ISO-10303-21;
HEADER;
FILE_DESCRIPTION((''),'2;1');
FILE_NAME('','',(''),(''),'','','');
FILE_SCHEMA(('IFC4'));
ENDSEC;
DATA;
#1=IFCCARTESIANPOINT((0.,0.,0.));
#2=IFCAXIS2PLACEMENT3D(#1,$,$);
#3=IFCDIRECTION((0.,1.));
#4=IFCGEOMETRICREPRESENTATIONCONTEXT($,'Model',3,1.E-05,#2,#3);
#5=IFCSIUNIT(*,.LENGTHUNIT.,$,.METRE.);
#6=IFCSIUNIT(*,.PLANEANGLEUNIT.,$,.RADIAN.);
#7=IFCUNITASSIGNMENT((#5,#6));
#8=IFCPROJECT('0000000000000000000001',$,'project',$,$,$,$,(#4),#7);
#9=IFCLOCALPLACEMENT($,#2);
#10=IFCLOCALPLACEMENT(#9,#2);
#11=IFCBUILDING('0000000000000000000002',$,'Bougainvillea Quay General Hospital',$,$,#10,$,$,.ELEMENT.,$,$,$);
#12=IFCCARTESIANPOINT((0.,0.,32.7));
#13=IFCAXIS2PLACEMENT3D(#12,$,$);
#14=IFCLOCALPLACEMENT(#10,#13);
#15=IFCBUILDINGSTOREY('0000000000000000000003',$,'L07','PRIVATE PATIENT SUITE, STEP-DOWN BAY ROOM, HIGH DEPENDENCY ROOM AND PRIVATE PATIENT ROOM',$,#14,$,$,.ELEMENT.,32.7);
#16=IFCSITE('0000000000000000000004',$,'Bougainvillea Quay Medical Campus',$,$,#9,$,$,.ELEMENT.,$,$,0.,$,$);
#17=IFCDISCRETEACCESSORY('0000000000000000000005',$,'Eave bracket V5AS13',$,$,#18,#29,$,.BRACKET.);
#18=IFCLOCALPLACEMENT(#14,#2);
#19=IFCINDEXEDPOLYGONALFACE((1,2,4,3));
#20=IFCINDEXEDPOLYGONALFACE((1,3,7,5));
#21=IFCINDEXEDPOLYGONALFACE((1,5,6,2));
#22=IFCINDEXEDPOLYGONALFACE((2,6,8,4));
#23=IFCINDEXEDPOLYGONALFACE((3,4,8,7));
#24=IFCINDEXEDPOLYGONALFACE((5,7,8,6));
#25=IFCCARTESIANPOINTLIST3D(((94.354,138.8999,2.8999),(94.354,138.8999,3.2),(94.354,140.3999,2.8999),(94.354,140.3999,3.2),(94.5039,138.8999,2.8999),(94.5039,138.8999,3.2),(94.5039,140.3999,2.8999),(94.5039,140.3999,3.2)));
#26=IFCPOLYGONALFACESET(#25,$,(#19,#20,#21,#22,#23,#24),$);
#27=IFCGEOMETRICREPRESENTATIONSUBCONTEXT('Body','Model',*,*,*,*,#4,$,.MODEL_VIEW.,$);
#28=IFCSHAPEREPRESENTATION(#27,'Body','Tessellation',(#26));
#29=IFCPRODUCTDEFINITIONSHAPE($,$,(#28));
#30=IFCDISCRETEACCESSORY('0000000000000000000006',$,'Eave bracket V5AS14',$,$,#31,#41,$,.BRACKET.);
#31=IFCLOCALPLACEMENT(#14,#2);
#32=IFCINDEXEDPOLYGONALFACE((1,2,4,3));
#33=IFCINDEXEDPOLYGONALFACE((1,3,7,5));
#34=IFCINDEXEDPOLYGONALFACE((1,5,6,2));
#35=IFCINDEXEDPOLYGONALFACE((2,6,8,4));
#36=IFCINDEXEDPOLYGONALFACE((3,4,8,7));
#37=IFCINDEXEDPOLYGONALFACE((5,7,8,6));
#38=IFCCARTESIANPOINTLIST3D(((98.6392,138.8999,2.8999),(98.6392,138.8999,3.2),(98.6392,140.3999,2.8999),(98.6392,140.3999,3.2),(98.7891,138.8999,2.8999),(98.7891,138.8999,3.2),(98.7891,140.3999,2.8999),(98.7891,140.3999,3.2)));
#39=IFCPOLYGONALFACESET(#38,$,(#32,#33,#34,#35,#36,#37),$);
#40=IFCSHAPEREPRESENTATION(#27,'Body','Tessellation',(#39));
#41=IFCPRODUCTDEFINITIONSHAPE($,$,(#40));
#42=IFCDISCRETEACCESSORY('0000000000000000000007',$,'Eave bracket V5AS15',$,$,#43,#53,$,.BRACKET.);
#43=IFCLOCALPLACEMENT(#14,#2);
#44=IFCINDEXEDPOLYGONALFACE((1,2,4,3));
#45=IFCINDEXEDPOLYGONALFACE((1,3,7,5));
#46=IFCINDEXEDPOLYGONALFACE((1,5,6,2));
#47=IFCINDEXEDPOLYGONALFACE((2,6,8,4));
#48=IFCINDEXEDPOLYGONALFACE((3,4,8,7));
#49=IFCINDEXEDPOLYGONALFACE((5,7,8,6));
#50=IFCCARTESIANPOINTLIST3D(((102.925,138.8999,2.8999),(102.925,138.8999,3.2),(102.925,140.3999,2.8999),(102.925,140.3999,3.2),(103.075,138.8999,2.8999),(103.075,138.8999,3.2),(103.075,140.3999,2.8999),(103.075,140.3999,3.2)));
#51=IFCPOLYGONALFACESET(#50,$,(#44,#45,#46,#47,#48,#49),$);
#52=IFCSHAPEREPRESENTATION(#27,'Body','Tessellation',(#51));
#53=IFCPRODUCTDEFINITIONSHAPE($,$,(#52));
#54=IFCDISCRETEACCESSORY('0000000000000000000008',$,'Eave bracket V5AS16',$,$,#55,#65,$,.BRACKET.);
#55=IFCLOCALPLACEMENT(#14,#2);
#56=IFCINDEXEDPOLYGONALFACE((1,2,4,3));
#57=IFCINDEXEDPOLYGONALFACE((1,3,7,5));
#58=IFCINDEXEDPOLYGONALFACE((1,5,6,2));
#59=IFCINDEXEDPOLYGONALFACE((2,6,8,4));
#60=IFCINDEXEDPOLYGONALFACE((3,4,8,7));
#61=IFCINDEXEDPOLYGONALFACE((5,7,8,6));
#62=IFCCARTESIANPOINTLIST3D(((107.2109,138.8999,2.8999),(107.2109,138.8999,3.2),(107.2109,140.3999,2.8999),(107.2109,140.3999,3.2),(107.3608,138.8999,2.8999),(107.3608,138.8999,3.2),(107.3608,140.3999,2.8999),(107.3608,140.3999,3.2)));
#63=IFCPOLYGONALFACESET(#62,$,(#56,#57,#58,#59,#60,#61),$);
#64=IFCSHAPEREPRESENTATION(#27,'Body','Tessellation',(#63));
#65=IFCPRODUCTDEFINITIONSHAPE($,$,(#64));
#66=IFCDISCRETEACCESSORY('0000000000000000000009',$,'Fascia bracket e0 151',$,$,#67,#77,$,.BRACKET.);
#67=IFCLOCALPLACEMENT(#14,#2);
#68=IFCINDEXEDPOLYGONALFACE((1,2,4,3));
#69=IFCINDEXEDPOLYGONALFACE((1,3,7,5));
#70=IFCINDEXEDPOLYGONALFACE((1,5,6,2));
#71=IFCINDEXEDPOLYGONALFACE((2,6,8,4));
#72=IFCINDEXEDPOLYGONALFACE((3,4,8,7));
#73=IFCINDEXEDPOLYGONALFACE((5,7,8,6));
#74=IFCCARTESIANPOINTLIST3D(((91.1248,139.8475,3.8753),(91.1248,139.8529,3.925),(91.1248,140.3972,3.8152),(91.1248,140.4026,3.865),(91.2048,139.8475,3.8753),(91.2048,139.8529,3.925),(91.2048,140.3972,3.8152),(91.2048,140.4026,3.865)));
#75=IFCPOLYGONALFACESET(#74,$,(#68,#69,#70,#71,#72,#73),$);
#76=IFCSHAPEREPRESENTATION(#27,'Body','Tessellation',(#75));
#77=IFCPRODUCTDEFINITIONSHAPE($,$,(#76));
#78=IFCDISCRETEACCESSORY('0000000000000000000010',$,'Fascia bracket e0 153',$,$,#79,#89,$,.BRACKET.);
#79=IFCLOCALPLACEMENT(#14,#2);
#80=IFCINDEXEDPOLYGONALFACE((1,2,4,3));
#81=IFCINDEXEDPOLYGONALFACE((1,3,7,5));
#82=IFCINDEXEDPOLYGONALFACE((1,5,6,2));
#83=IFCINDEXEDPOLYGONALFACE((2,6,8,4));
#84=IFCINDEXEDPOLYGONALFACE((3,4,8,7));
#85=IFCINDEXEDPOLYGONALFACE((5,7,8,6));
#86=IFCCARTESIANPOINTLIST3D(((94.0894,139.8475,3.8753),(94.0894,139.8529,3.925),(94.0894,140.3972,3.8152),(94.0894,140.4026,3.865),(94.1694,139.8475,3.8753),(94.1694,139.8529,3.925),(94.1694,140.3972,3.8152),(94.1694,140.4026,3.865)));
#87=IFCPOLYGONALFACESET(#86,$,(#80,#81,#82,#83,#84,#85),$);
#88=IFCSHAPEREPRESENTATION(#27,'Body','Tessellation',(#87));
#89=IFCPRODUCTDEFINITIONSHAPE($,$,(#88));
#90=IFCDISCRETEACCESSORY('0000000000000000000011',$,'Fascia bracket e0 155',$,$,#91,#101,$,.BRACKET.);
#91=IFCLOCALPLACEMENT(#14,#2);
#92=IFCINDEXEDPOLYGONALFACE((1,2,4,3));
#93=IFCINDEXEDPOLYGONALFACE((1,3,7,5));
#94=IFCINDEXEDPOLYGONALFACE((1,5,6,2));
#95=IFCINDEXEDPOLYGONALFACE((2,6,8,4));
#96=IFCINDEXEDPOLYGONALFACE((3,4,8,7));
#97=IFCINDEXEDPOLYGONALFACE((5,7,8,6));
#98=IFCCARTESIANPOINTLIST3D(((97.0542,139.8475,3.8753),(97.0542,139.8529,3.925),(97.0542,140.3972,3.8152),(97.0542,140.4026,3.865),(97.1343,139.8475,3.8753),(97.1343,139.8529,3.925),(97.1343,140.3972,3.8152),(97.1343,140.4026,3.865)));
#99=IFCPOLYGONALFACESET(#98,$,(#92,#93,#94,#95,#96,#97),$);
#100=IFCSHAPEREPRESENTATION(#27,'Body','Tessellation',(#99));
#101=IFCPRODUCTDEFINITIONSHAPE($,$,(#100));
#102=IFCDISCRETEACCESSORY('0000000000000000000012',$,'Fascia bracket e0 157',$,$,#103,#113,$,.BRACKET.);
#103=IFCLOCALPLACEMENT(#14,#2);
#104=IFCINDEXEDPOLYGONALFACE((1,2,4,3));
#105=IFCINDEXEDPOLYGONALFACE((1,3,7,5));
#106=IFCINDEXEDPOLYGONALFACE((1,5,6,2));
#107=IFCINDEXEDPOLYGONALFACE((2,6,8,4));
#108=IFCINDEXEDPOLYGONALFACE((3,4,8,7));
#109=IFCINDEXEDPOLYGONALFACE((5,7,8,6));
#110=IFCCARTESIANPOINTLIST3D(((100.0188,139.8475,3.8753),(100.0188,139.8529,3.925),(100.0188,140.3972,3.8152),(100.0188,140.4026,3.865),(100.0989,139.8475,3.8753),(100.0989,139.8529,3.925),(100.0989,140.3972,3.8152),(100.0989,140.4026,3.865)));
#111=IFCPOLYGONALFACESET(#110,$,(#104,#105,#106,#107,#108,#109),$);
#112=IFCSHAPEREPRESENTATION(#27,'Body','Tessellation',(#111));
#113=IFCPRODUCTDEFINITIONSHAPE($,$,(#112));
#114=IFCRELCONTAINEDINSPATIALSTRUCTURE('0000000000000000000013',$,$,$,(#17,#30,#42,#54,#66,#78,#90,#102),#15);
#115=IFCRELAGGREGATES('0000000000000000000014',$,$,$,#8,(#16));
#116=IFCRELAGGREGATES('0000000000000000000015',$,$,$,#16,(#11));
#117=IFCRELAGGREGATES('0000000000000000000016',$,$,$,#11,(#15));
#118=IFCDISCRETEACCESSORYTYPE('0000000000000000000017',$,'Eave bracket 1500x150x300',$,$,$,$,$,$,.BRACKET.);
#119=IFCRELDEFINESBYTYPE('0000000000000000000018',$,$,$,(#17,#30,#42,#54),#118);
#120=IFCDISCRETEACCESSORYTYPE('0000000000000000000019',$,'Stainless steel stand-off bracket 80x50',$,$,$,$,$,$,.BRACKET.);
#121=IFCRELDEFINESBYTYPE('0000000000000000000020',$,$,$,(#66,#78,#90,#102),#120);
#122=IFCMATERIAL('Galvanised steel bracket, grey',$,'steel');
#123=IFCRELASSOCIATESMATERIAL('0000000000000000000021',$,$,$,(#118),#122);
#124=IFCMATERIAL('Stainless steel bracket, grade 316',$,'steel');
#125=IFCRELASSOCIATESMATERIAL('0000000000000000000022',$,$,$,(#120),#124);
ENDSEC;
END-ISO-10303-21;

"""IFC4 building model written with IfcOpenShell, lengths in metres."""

from ifc_helpers import new_model, si_unit, direction, frame, origin, origin_2d, place, context, subcontext, project, spatial, rectangle, extrude, material, material_profile, profile_set, type_object, element, save


model = new_model("IFC4")

# Units and contexts
model_context = context("Model", 3, precision=1e-05, world=origin(), true_north=direction((0.0, 1.0)))
body_context = subcontext(model_context, "Body", "Model", "MODEL_VIEW")
ifc_project = project(units=[si_unit("LENGTHUNIT", "METRE"), si_unit("PLANEANGLEUNIT", "RADIAN")], contexts=[model_context])

# Site, building, storey
site_placement = place(None, origin())
site = spatial("IfcSite", under=ifc_project, at=site_placement, Name="Bougainvillea Quay Medical Campus", CompositionType="ELEMENT", RefElevation=0.0)
building_placement = place(site_placement, origin())
building = spatial("IfcBuilding", under=site, at=building_placement, Name="Bougainvillea Quay General Hospital", CompositionType="ELEMENT")
storey_placement = place(building_placement, frame((0.0, 0.0, 32.7)))
storey = spatial("IfcBuildingStorey", under=building, at=storey_placement, Name="L07", Description="PRIVATE PATIENT SUITE, STEP-DOWN BAY ROOM, HIGH DEPENDENCY ROOM AND PRIVATE PATIENT ROOM", CompositionType="ELEMENT", Elevation=32.7)

# Discrete accessories
ifc_material_1 = material(Name="Galvanised steel bracket, grey", Category="steel")
discrete_accessory_type_1 = type_object("IfcDiscreteAccessoryType", Name="Eave bracket 1500x150x300", PredefinedType="BRACKET", material=ifc_material_1)
for number, where, z_axis, x_axis, name in (
    (1, (94.429, 139.6499, 2.8999), (0.0, 0.0, 1.0), (1.0, 0.0, 0.0), "Eave bracket V5AS13"),
    (2, (98.7141, 139.6499, 2.8999), (0.0, 0.0, 1.0), (1.0, 0.0, 0.0), "Eave bracket V5AS14"),
    (3, (103.0, 139.6499, 2.8999), (0.0, 0.0, 1.0), (1.0, 0.0, 0.0), "Eave bracket V5AS15"),
    (4, (107.2859, 139.6499, 2.8999), (0.0, 0.0, 1.0), (1.0, 0.0, 0.0), "Eave bracket V5AS16"),
):
    element("IfcDiscreteAccessory", number, at=place(storey_placement, frame(where, z_axis=z_axis, x_axis=x_axis)), inside=storey, type_object=discrete_accessory_type_1, Name=name, PredefinedType="BRACKET", context=body_context, shape_type="SweptSolid", body=[
        extrude(rectangle(XDim=0.1499, YDim=1.5, at=origin_2d()), origin(), (0.0, 0.0, 1.0), 0.3),
    ])
ifc_material_2 = material(Name="Stainless steel bracket, grade 316", Category="steel")
ifc_material_profile_1 = material_profile(ifc_material_2, rectangle(XDim=0.0801, YDim=0.05, at=origin_2d()))
ifc_profile_set_1 = profile_set([ifc_material_profile_1], Name="Stainless steel bracket, grade 316")
discrete_accessory_type_2 = type_object("IfcDiscreteAccessoryType", Name="Stainless steel stand-off bracket 80x50", PredefinedType="BRACKET", material=ifc_profile_set_1)
for number, where, z_axis, x_axis, name in (
    (5, (91.1648, 140.3999, 3.8401), (0.0, -0.994087, 0.10859), (1.0, 0.0, 0.0), "Fascia bracket e0 151"),
    (6, (94.1294, 140.3999, 3.8401), (0.0, -0.994087, 0.10859), (1.0, 0.0, 0.0), "Fascia bracket e0 153"),
    (7, (97.0942, 140.3999, 3.8401), (0.0, -0.994087, 0.10859), (1.0, 0.0, 0.0), "Fascia bracket e0 155"),
    (8, (100.0588, 140.3999, 3.8401), (0.0, -0.994087, 0.10859), (1.0, 0.0, 0.0), "Fascia bracket e0 157"),
):
    element("IfcDiscreteAccessory", number, at=place(storey_placement, frame(where, z_axis=z_axis, x_axis=x_axis)), inside=storey, type_object=discrete_accessory_type_2, Name=name, PredefinedType="BRACKET", context=body_context, shape_type="SweptSolid", body=[
        extrude(rectangle(XDim=0.0801, YDim=0.05, at=origin_2d()), origin(), (0.0, 0.0, 1.0), 0.553),
    ])

save(model, "model.ifc")
